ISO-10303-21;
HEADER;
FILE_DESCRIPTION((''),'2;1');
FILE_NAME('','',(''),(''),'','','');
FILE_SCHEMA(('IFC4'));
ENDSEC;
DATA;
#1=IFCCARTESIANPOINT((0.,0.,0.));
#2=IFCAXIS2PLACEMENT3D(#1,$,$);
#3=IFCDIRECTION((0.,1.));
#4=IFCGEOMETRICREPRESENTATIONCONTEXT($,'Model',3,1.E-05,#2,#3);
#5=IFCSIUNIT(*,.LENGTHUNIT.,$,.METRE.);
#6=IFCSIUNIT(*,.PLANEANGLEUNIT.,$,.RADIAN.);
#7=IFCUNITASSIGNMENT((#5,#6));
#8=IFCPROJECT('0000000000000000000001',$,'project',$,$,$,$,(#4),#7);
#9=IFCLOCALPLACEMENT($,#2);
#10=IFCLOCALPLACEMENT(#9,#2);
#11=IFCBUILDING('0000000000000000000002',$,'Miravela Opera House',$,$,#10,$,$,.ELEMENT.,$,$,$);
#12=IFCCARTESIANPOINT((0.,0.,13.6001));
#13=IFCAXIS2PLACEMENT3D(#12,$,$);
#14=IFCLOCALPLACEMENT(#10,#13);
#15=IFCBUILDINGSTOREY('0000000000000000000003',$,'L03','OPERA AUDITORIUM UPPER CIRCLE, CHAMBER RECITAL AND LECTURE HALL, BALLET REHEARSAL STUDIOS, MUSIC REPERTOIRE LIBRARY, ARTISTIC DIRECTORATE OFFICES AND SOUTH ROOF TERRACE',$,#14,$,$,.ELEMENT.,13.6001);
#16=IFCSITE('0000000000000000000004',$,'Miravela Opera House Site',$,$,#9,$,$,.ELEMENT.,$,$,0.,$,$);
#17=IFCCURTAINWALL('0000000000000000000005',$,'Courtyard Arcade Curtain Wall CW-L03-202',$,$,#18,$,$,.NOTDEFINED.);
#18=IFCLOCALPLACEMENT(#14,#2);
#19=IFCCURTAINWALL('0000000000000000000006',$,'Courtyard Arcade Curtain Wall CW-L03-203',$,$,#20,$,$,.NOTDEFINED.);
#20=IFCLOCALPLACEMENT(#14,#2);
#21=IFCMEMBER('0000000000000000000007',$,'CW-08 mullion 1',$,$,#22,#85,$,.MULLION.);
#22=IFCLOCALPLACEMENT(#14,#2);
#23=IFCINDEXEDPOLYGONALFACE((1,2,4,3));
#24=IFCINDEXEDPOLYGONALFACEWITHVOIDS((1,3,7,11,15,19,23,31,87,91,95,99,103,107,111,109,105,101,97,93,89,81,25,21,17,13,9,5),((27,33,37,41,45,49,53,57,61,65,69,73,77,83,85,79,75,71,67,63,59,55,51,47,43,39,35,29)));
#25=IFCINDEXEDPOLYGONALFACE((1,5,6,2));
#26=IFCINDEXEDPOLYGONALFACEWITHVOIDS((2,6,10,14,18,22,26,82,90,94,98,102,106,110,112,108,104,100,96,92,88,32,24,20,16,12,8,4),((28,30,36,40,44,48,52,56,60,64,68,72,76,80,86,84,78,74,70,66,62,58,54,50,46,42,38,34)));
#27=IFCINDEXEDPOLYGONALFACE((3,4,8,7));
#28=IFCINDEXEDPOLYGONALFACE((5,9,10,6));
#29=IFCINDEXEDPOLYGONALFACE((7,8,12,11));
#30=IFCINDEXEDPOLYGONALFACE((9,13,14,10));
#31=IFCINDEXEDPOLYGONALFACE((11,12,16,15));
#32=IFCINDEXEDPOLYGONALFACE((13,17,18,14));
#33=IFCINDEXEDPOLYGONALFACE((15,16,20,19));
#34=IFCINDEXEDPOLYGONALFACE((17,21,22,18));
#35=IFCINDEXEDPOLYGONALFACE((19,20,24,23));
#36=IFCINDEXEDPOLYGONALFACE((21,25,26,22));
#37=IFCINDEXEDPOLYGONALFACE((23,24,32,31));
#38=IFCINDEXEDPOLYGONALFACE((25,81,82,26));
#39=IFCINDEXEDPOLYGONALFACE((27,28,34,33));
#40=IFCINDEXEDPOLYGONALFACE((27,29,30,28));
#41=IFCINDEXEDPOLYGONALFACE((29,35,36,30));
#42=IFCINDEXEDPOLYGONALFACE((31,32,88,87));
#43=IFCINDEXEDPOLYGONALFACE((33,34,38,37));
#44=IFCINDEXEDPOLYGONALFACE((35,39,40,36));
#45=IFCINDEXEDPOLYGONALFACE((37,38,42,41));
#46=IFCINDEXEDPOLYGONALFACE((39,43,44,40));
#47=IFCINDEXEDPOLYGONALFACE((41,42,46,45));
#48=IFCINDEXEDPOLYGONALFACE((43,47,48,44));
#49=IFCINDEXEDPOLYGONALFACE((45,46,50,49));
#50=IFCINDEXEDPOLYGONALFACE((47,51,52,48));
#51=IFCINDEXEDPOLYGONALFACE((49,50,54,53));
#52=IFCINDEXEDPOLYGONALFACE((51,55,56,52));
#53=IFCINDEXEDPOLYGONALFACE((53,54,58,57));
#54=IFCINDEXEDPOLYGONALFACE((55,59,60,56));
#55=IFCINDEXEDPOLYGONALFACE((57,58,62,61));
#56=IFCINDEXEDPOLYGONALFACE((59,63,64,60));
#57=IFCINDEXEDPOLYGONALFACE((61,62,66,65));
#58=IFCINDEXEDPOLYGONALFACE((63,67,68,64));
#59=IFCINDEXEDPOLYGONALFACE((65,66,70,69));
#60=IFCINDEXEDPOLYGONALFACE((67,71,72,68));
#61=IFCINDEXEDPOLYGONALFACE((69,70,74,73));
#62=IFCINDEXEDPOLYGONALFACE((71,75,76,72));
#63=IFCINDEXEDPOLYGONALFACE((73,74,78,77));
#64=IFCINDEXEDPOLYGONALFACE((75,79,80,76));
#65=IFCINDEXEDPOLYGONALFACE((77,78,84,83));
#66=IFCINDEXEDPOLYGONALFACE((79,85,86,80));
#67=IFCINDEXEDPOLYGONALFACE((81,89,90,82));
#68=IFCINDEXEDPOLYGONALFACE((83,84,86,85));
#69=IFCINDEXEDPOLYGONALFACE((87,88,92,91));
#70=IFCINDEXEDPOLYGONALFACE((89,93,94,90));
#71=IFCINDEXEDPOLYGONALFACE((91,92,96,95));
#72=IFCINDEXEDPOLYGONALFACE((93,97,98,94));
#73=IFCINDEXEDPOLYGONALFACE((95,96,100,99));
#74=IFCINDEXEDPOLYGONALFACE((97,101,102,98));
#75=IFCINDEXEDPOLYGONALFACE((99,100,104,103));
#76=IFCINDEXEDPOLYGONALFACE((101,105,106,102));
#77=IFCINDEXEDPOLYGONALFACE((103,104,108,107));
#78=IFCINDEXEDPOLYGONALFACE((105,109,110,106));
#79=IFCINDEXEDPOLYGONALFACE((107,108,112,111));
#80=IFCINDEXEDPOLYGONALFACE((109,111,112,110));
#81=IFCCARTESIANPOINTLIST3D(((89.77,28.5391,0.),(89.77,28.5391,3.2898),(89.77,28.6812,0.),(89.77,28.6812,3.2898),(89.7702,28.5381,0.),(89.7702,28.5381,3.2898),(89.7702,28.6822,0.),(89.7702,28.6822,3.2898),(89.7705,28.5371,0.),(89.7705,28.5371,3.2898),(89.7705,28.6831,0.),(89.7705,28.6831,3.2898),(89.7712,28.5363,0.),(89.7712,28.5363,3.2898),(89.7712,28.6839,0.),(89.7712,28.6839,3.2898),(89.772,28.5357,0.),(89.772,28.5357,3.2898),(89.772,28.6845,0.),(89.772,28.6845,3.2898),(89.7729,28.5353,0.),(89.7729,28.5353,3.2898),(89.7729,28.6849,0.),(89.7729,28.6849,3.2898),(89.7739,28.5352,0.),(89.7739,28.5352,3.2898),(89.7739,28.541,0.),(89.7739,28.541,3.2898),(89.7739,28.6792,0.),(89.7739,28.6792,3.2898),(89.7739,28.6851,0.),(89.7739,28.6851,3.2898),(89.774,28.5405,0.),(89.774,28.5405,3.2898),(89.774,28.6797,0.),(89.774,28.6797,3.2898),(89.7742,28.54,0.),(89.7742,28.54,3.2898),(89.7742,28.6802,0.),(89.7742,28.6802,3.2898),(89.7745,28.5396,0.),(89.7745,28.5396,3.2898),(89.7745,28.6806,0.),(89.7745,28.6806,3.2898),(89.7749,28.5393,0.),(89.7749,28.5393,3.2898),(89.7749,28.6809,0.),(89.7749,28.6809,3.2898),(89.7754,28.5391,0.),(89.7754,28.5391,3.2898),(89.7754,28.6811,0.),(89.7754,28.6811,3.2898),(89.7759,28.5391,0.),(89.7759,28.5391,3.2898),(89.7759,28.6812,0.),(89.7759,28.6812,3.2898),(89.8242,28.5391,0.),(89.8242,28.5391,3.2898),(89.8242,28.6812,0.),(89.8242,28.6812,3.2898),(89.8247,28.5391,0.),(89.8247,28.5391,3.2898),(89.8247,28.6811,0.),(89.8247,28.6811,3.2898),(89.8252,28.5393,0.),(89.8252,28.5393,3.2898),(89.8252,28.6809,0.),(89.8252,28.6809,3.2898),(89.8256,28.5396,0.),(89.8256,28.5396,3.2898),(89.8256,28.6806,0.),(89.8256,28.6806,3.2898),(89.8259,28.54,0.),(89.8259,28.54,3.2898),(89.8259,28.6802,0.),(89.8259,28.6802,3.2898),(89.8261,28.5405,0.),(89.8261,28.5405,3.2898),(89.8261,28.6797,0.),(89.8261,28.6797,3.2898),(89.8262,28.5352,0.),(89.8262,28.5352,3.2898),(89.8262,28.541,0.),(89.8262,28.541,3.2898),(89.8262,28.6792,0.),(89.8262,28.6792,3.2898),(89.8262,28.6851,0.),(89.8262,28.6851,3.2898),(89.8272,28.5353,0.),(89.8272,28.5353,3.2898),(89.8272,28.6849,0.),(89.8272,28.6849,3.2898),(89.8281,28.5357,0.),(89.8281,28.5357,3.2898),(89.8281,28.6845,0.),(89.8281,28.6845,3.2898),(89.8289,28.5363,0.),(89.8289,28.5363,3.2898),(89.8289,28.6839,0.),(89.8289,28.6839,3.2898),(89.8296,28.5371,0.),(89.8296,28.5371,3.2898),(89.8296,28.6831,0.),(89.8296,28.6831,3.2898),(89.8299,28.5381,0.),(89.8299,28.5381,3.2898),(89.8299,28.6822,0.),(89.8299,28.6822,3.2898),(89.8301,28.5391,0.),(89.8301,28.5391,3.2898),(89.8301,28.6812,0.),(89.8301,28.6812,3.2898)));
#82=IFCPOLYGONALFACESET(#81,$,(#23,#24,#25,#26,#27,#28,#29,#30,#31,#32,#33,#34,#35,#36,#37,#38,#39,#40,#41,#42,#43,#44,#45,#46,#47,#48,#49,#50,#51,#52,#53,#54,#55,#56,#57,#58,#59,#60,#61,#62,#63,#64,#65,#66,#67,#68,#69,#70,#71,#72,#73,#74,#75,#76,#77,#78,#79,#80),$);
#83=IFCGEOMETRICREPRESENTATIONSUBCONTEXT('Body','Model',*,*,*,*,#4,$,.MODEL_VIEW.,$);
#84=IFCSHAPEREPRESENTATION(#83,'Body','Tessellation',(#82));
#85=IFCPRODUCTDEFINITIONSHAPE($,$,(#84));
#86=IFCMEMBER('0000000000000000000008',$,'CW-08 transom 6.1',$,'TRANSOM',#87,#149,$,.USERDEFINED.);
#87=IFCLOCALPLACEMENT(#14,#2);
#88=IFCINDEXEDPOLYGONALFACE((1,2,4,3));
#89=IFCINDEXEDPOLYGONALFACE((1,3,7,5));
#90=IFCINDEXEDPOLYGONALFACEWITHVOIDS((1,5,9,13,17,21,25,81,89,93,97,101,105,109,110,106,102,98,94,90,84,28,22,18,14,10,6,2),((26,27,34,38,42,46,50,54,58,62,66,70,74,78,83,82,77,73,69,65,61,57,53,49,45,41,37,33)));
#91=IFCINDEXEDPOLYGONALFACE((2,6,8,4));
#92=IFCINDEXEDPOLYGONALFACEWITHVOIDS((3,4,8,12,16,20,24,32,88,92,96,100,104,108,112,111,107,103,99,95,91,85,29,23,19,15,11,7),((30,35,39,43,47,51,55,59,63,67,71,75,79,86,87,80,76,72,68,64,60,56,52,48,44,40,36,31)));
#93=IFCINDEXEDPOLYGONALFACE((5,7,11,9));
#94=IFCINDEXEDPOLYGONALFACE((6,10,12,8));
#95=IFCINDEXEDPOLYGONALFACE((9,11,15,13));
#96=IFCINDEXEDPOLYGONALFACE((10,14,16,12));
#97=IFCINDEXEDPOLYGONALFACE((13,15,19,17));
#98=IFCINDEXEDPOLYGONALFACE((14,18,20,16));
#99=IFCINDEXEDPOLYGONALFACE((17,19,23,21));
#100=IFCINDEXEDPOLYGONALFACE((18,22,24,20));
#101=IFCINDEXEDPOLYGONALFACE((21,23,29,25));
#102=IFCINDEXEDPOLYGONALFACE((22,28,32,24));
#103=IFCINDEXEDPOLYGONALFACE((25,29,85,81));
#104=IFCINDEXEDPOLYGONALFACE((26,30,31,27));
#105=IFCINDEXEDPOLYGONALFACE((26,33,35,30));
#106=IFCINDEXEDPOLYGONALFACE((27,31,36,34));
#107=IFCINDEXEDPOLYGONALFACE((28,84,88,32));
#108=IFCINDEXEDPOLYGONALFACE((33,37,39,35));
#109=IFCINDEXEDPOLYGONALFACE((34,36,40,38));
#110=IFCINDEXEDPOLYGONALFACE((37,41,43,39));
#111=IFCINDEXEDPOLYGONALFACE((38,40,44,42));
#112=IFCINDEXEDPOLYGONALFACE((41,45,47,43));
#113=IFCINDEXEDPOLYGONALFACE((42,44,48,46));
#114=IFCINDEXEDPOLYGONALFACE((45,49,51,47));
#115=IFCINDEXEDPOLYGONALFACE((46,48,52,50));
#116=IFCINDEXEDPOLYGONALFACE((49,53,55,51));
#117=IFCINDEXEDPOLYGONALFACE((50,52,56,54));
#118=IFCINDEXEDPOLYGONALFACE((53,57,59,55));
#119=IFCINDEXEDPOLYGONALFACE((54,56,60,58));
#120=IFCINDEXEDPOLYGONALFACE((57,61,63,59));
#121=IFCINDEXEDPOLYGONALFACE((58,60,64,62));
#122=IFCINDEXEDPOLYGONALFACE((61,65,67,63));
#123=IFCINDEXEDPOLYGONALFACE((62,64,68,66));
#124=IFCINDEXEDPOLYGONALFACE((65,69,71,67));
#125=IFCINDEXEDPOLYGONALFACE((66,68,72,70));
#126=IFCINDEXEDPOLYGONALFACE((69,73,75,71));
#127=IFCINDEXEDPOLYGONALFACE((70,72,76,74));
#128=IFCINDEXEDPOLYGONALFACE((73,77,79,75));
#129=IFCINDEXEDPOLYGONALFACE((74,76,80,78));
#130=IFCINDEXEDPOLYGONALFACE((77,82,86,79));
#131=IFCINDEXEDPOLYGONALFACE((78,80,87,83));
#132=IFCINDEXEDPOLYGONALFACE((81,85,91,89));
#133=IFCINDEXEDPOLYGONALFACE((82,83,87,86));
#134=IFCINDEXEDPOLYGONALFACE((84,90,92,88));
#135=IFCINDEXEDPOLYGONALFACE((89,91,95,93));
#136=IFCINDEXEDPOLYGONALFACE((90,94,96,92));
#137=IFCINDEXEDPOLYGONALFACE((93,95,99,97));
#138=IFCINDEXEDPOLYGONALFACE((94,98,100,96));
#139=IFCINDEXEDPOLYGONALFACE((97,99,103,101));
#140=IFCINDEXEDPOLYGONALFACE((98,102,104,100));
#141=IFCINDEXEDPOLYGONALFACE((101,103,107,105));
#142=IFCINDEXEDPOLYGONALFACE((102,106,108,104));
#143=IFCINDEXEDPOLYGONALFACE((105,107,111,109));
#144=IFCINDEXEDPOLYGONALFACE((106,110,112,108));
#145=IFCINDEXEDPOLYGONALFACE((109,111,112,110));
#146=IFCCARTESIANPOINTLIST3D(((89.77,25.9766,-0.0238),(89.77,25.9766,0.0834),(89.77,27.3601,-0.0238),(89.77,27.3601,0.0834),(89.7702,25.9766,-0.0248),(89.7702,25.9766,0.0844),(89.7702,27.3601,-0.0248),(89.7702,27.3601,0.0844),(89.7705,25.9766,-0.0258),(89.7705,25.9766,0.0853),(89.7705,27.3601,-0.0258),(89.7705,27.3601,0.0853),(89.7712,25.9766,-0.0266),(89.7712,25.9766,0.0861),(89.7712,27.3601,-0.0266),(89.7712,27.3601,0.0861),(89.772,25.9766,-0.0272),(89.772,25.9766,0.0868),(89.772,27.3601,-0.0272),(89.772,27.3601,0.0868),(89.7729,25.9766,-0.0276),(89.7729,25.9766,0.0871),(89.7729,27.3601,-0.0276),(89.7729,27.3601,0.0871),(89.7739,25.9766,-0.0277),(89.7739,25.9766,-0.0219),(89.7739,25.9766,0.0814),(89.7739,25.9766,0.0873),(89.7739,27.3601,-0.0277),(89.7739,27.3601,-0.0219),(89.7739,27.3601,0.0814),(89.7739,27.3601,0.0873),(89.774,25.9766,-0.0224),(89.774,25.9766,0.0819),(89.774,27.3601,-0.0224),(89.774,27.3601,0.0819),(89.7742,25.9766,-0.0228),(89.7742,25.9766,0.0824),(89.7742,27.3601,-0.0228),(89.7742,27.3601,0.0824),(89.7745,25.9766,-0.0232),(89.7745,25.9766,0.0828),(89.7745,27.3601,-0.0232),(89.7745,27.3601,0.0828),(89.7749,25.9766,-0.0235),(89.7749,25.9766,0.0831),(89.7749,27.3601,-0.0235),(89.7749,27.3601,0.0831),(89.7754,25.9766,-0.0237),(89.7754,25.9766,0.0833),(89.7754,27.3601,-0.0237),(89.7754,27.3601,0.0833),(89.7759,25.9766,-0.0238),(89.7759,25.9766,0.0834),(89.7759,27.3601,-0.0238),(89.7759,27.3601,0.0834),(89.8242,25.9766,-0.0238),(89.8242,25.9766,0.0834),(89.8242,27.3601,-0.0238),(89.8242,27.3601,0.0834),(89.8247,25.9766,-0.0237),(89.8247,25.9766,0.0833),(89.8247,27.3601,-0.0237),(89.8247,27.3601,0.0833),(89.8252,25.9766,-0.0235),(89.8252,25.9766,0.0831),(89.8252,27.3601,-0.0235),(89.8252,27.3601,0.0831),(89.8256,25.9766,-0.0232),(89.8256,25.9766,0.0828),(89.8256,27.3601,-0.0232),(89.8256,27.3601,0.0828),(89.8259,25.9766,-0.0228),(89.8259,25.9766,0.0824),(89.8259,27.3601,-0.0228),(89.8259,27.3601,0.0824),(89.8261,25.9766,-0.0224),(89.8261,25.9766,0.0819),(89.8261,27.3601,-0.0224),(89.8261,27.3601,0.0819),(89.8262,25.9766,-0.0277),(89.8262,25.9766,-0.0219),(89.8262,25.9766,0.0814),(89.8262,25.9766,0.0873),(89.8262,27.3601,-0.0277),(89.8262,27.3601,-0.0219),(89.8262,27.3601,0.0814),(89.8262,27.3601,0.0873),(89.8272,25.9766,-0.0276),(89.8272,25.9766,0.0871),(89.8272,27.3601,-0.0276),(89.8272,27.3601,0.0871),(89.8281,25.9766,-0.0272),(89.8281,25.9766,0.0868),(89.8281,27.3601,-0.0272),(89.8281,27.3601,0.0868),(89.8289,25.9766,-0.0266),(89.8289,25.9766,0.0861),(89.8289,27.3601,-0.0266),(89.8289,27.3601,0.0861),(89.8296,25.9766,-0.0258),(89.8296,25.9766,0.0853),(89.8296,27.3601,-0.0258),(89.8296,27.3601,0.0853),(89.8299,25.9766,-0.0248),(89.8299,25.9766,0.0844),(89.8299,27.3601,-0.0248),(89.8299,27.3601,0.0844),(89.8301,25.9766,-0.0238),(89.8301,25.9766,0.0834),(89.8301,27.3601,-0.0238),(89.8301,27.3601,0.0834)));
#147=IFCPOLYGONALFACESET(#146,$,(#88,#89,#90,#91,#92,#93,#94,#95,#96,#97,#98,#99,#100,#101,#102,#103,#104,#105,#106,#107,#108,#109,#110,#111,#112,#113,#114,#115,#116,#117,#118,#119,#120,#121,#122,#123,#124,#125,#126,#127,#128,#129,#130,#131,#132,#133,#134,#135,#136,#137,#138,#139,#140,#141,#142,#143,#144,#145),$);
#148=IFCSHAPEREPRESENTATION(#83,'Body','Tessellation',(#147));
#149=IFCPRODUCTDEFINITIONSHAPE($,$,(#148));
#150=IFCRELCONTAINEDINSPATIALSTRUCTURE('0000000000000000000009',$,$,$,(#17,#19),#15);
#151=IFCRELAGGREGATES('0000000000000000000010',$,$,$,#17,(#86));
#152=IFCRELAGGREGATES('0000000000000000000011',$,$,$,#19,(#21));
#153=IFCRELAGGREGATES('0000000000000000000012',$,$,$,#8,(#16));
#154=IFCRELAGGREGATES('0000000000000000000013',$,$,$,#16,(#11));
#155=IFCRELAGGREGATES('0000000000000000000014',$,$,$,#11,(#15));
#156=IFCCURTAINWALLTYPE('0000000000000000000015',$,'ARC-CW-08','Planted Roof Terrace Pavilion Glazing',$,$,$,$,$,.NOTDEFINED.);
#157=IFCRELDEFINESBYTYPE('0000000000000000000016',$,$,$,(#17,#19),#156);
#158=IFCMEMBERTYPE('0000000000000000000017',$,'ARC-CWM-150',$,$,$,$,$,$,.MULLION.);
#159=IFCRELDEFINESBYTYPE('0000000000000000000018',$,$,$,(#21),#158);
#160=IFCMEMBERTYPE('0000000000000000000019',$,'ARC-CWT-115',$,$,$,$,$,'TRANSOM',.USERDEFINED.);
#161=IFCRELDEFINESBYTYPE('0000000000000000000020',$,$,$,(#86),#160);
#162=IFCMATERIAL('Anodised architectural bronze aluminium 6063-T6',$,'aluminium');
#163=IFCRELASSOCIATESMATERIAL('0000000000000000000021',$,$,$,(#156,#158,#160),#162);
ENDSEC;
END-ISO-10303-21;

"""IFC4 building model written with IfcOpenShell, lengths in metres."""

from ifc_helpers import new_model, si_unit, direction, frame, origin, origin_2d, place, context, subcontext, project, spatial, hollow_rectangle, extrude, material, material_profile, profile_set, type_object, element, aggregate, save


model = new_model("IFC4")

# Units and contexts
model_context = context("Model", 3, precision=1e-05, world=origin(), true_north=direction((0.0, 1.0)))
body_context = subcontext(model_context, "Body", "Model", "MODEL_VIEW")
ifc_project = project(units=[si_unit("LENGTHUNIT", "METRE"), si_unit("PLANEANGLEUNIT", "RADIAN")], contexts=[model_context])

# Site, building, storey
site_placement = place(None, origin())
site = spatial("IfcSite", under=ifc_project, at=site_placement, Name="Miravela Opera House Site", CompositionType="ELEMENT", RefElevation=0.0)
building_placement = place(site_placement, origin())
building = spatial("IfcBuilding", under=site, at=building_placement, Name="Miravela Opera House", CompositionType="ELEMENT")
storey_placement = place(building_placement, frame((0.0, 0.0, 13.6001)))
storey = spatial("IfcBuildingStorey", under=building, at=storey_placement, Name="L03", Description="OPERA AUDITORIUM UPPER CIRCLE, CHAMBER RECITAL AND LECTURE HALL, BALLET REHEARSAL STUDIOS, MUSIC REPERTOIRE LIBRARY, ARTISTIC DIRECTORATE OFFICES AND SOUTH ROOF TERRACE", CompositionType="ELEMENT", Elevation=13.6001)

# Curtain wall
ifc_material_1 = material(Name="Anodised architectural bronze aluminium 6063-T6", Category="aluminium")
curtain_wall_type = type_object("IfcCurtainWallType", Name="ARC-CW-08", Description="Planted Roof Terrace Pavilion Glazing", PredefinedType="NOTDEFINED", material=ifc_material_1)
curtain_wall_1_placement = place(storey_placement, origin())
curtain_wall_1 = element("IfcCurtainWall", 1, at=curtain_wall_1_placement, inside=storey, type_object=curtain_wall_type, Name="Courtyard Arcade Curtain Wall CW-L03-202", PredefinedType="NOTDEFINED")
ifc_material_profile_1 = material_profile(ifc_material_1, hollow_rectangle(XDim=0.0601, YDim=0.1499, WallThickness=0.0039, InnerFilletRadius=0.002, OuterFilletRadius=0.0039, at=origin_2d()), Name="CWM-60X150")
ifc_profile_set_1 = profile_set([ifc_material_profile_1])
member_type_1 = type_object("IfcMemberType", Name="ARC-CWM-150", PredefinedType="MULLION", material=ifc_profile_set_1)

# Curtain wall, member
curtain_wall_2_placement = place(storey_placement, origin())
curtain_wall_2 = element("IfcCurtainWall", 2, at=curtain_wall_2_placement, inside=storey, type_object=curtain_wall_type, Name="Courtyard Arcade Curtain Wall CW-L03-203", PredefinedType="NOTDEFINED")
member_1_placement = place(storey_placement, frame((89.8, 28.6101, 0.0), z_axis=(0.0, 0.0, 1.0), x_axis=(-1.0, 0.0, 0.0)))
member_1 = element("IfcMember", 3, at=member_1_placement, type_object=member_type_1, Name="CW-08 mullion 1", PredefinedType="MULLION", context=body_context, shape_type="SweptSolid", body=[
    extrude(hollow_rectangle(XDim=0.0601, YDim=0.1499, WallThickness=0.0039, InnerFilletRadius=0.002, OuterFilletRadius=0.0039, at=origin_2d()), origin(), (0.0, 0.0, 1.0), 3.2898),
])

# Member
ifc_material_profile_2 = material_profile(ifc_material_1, hollow_rectangle(XDim=0.0601, YDim=0.115, WallThickness=0.0039, InnerFilletRadius=0.002, OuterFilletRadius=0.0039, at=origin_2d()), Name="CWT-60X115")
ifc_profile_set_2 = profile_set([ifc_material_profile_2])
member_type_2 = type_object("IfcMemberType", Name="ARC-CWT-115", ElementType="TRANSOM", PredefinedType="USERDEFINED", material=ifc_profile_set_2)
member_2_placement = place(storey_placement, frame((89.8, 25.9766, 0.0298), z_axis=(0.0, 1.0, 0.0), x_axis=(-1.0, 0.0, 0.0)))
member_2 = element("IfcMember", 4, at=member_2_placement, type_object=member_type_2, Name="CW-08 transom 6.1", ObjectType="TRANSOM", PredefinedType="USERDEFINED", context=body_context, shape_type="SweptSolid", body=[
    extrude(hollow_rectangle(XDim=0.0601, YDim=0.115, WallThickness=0.0039, InnerFilletRadius=0.002, OuterFilletRadius=0.0039, at=origin_2d()), origin(), (0.0, 0.0, 1.0), 1.3835),
])

aggregate(curtain_wall_1, [member_2])
aggregate(curtain_wall_2, [member_1])

save(model, "model.ifc")
